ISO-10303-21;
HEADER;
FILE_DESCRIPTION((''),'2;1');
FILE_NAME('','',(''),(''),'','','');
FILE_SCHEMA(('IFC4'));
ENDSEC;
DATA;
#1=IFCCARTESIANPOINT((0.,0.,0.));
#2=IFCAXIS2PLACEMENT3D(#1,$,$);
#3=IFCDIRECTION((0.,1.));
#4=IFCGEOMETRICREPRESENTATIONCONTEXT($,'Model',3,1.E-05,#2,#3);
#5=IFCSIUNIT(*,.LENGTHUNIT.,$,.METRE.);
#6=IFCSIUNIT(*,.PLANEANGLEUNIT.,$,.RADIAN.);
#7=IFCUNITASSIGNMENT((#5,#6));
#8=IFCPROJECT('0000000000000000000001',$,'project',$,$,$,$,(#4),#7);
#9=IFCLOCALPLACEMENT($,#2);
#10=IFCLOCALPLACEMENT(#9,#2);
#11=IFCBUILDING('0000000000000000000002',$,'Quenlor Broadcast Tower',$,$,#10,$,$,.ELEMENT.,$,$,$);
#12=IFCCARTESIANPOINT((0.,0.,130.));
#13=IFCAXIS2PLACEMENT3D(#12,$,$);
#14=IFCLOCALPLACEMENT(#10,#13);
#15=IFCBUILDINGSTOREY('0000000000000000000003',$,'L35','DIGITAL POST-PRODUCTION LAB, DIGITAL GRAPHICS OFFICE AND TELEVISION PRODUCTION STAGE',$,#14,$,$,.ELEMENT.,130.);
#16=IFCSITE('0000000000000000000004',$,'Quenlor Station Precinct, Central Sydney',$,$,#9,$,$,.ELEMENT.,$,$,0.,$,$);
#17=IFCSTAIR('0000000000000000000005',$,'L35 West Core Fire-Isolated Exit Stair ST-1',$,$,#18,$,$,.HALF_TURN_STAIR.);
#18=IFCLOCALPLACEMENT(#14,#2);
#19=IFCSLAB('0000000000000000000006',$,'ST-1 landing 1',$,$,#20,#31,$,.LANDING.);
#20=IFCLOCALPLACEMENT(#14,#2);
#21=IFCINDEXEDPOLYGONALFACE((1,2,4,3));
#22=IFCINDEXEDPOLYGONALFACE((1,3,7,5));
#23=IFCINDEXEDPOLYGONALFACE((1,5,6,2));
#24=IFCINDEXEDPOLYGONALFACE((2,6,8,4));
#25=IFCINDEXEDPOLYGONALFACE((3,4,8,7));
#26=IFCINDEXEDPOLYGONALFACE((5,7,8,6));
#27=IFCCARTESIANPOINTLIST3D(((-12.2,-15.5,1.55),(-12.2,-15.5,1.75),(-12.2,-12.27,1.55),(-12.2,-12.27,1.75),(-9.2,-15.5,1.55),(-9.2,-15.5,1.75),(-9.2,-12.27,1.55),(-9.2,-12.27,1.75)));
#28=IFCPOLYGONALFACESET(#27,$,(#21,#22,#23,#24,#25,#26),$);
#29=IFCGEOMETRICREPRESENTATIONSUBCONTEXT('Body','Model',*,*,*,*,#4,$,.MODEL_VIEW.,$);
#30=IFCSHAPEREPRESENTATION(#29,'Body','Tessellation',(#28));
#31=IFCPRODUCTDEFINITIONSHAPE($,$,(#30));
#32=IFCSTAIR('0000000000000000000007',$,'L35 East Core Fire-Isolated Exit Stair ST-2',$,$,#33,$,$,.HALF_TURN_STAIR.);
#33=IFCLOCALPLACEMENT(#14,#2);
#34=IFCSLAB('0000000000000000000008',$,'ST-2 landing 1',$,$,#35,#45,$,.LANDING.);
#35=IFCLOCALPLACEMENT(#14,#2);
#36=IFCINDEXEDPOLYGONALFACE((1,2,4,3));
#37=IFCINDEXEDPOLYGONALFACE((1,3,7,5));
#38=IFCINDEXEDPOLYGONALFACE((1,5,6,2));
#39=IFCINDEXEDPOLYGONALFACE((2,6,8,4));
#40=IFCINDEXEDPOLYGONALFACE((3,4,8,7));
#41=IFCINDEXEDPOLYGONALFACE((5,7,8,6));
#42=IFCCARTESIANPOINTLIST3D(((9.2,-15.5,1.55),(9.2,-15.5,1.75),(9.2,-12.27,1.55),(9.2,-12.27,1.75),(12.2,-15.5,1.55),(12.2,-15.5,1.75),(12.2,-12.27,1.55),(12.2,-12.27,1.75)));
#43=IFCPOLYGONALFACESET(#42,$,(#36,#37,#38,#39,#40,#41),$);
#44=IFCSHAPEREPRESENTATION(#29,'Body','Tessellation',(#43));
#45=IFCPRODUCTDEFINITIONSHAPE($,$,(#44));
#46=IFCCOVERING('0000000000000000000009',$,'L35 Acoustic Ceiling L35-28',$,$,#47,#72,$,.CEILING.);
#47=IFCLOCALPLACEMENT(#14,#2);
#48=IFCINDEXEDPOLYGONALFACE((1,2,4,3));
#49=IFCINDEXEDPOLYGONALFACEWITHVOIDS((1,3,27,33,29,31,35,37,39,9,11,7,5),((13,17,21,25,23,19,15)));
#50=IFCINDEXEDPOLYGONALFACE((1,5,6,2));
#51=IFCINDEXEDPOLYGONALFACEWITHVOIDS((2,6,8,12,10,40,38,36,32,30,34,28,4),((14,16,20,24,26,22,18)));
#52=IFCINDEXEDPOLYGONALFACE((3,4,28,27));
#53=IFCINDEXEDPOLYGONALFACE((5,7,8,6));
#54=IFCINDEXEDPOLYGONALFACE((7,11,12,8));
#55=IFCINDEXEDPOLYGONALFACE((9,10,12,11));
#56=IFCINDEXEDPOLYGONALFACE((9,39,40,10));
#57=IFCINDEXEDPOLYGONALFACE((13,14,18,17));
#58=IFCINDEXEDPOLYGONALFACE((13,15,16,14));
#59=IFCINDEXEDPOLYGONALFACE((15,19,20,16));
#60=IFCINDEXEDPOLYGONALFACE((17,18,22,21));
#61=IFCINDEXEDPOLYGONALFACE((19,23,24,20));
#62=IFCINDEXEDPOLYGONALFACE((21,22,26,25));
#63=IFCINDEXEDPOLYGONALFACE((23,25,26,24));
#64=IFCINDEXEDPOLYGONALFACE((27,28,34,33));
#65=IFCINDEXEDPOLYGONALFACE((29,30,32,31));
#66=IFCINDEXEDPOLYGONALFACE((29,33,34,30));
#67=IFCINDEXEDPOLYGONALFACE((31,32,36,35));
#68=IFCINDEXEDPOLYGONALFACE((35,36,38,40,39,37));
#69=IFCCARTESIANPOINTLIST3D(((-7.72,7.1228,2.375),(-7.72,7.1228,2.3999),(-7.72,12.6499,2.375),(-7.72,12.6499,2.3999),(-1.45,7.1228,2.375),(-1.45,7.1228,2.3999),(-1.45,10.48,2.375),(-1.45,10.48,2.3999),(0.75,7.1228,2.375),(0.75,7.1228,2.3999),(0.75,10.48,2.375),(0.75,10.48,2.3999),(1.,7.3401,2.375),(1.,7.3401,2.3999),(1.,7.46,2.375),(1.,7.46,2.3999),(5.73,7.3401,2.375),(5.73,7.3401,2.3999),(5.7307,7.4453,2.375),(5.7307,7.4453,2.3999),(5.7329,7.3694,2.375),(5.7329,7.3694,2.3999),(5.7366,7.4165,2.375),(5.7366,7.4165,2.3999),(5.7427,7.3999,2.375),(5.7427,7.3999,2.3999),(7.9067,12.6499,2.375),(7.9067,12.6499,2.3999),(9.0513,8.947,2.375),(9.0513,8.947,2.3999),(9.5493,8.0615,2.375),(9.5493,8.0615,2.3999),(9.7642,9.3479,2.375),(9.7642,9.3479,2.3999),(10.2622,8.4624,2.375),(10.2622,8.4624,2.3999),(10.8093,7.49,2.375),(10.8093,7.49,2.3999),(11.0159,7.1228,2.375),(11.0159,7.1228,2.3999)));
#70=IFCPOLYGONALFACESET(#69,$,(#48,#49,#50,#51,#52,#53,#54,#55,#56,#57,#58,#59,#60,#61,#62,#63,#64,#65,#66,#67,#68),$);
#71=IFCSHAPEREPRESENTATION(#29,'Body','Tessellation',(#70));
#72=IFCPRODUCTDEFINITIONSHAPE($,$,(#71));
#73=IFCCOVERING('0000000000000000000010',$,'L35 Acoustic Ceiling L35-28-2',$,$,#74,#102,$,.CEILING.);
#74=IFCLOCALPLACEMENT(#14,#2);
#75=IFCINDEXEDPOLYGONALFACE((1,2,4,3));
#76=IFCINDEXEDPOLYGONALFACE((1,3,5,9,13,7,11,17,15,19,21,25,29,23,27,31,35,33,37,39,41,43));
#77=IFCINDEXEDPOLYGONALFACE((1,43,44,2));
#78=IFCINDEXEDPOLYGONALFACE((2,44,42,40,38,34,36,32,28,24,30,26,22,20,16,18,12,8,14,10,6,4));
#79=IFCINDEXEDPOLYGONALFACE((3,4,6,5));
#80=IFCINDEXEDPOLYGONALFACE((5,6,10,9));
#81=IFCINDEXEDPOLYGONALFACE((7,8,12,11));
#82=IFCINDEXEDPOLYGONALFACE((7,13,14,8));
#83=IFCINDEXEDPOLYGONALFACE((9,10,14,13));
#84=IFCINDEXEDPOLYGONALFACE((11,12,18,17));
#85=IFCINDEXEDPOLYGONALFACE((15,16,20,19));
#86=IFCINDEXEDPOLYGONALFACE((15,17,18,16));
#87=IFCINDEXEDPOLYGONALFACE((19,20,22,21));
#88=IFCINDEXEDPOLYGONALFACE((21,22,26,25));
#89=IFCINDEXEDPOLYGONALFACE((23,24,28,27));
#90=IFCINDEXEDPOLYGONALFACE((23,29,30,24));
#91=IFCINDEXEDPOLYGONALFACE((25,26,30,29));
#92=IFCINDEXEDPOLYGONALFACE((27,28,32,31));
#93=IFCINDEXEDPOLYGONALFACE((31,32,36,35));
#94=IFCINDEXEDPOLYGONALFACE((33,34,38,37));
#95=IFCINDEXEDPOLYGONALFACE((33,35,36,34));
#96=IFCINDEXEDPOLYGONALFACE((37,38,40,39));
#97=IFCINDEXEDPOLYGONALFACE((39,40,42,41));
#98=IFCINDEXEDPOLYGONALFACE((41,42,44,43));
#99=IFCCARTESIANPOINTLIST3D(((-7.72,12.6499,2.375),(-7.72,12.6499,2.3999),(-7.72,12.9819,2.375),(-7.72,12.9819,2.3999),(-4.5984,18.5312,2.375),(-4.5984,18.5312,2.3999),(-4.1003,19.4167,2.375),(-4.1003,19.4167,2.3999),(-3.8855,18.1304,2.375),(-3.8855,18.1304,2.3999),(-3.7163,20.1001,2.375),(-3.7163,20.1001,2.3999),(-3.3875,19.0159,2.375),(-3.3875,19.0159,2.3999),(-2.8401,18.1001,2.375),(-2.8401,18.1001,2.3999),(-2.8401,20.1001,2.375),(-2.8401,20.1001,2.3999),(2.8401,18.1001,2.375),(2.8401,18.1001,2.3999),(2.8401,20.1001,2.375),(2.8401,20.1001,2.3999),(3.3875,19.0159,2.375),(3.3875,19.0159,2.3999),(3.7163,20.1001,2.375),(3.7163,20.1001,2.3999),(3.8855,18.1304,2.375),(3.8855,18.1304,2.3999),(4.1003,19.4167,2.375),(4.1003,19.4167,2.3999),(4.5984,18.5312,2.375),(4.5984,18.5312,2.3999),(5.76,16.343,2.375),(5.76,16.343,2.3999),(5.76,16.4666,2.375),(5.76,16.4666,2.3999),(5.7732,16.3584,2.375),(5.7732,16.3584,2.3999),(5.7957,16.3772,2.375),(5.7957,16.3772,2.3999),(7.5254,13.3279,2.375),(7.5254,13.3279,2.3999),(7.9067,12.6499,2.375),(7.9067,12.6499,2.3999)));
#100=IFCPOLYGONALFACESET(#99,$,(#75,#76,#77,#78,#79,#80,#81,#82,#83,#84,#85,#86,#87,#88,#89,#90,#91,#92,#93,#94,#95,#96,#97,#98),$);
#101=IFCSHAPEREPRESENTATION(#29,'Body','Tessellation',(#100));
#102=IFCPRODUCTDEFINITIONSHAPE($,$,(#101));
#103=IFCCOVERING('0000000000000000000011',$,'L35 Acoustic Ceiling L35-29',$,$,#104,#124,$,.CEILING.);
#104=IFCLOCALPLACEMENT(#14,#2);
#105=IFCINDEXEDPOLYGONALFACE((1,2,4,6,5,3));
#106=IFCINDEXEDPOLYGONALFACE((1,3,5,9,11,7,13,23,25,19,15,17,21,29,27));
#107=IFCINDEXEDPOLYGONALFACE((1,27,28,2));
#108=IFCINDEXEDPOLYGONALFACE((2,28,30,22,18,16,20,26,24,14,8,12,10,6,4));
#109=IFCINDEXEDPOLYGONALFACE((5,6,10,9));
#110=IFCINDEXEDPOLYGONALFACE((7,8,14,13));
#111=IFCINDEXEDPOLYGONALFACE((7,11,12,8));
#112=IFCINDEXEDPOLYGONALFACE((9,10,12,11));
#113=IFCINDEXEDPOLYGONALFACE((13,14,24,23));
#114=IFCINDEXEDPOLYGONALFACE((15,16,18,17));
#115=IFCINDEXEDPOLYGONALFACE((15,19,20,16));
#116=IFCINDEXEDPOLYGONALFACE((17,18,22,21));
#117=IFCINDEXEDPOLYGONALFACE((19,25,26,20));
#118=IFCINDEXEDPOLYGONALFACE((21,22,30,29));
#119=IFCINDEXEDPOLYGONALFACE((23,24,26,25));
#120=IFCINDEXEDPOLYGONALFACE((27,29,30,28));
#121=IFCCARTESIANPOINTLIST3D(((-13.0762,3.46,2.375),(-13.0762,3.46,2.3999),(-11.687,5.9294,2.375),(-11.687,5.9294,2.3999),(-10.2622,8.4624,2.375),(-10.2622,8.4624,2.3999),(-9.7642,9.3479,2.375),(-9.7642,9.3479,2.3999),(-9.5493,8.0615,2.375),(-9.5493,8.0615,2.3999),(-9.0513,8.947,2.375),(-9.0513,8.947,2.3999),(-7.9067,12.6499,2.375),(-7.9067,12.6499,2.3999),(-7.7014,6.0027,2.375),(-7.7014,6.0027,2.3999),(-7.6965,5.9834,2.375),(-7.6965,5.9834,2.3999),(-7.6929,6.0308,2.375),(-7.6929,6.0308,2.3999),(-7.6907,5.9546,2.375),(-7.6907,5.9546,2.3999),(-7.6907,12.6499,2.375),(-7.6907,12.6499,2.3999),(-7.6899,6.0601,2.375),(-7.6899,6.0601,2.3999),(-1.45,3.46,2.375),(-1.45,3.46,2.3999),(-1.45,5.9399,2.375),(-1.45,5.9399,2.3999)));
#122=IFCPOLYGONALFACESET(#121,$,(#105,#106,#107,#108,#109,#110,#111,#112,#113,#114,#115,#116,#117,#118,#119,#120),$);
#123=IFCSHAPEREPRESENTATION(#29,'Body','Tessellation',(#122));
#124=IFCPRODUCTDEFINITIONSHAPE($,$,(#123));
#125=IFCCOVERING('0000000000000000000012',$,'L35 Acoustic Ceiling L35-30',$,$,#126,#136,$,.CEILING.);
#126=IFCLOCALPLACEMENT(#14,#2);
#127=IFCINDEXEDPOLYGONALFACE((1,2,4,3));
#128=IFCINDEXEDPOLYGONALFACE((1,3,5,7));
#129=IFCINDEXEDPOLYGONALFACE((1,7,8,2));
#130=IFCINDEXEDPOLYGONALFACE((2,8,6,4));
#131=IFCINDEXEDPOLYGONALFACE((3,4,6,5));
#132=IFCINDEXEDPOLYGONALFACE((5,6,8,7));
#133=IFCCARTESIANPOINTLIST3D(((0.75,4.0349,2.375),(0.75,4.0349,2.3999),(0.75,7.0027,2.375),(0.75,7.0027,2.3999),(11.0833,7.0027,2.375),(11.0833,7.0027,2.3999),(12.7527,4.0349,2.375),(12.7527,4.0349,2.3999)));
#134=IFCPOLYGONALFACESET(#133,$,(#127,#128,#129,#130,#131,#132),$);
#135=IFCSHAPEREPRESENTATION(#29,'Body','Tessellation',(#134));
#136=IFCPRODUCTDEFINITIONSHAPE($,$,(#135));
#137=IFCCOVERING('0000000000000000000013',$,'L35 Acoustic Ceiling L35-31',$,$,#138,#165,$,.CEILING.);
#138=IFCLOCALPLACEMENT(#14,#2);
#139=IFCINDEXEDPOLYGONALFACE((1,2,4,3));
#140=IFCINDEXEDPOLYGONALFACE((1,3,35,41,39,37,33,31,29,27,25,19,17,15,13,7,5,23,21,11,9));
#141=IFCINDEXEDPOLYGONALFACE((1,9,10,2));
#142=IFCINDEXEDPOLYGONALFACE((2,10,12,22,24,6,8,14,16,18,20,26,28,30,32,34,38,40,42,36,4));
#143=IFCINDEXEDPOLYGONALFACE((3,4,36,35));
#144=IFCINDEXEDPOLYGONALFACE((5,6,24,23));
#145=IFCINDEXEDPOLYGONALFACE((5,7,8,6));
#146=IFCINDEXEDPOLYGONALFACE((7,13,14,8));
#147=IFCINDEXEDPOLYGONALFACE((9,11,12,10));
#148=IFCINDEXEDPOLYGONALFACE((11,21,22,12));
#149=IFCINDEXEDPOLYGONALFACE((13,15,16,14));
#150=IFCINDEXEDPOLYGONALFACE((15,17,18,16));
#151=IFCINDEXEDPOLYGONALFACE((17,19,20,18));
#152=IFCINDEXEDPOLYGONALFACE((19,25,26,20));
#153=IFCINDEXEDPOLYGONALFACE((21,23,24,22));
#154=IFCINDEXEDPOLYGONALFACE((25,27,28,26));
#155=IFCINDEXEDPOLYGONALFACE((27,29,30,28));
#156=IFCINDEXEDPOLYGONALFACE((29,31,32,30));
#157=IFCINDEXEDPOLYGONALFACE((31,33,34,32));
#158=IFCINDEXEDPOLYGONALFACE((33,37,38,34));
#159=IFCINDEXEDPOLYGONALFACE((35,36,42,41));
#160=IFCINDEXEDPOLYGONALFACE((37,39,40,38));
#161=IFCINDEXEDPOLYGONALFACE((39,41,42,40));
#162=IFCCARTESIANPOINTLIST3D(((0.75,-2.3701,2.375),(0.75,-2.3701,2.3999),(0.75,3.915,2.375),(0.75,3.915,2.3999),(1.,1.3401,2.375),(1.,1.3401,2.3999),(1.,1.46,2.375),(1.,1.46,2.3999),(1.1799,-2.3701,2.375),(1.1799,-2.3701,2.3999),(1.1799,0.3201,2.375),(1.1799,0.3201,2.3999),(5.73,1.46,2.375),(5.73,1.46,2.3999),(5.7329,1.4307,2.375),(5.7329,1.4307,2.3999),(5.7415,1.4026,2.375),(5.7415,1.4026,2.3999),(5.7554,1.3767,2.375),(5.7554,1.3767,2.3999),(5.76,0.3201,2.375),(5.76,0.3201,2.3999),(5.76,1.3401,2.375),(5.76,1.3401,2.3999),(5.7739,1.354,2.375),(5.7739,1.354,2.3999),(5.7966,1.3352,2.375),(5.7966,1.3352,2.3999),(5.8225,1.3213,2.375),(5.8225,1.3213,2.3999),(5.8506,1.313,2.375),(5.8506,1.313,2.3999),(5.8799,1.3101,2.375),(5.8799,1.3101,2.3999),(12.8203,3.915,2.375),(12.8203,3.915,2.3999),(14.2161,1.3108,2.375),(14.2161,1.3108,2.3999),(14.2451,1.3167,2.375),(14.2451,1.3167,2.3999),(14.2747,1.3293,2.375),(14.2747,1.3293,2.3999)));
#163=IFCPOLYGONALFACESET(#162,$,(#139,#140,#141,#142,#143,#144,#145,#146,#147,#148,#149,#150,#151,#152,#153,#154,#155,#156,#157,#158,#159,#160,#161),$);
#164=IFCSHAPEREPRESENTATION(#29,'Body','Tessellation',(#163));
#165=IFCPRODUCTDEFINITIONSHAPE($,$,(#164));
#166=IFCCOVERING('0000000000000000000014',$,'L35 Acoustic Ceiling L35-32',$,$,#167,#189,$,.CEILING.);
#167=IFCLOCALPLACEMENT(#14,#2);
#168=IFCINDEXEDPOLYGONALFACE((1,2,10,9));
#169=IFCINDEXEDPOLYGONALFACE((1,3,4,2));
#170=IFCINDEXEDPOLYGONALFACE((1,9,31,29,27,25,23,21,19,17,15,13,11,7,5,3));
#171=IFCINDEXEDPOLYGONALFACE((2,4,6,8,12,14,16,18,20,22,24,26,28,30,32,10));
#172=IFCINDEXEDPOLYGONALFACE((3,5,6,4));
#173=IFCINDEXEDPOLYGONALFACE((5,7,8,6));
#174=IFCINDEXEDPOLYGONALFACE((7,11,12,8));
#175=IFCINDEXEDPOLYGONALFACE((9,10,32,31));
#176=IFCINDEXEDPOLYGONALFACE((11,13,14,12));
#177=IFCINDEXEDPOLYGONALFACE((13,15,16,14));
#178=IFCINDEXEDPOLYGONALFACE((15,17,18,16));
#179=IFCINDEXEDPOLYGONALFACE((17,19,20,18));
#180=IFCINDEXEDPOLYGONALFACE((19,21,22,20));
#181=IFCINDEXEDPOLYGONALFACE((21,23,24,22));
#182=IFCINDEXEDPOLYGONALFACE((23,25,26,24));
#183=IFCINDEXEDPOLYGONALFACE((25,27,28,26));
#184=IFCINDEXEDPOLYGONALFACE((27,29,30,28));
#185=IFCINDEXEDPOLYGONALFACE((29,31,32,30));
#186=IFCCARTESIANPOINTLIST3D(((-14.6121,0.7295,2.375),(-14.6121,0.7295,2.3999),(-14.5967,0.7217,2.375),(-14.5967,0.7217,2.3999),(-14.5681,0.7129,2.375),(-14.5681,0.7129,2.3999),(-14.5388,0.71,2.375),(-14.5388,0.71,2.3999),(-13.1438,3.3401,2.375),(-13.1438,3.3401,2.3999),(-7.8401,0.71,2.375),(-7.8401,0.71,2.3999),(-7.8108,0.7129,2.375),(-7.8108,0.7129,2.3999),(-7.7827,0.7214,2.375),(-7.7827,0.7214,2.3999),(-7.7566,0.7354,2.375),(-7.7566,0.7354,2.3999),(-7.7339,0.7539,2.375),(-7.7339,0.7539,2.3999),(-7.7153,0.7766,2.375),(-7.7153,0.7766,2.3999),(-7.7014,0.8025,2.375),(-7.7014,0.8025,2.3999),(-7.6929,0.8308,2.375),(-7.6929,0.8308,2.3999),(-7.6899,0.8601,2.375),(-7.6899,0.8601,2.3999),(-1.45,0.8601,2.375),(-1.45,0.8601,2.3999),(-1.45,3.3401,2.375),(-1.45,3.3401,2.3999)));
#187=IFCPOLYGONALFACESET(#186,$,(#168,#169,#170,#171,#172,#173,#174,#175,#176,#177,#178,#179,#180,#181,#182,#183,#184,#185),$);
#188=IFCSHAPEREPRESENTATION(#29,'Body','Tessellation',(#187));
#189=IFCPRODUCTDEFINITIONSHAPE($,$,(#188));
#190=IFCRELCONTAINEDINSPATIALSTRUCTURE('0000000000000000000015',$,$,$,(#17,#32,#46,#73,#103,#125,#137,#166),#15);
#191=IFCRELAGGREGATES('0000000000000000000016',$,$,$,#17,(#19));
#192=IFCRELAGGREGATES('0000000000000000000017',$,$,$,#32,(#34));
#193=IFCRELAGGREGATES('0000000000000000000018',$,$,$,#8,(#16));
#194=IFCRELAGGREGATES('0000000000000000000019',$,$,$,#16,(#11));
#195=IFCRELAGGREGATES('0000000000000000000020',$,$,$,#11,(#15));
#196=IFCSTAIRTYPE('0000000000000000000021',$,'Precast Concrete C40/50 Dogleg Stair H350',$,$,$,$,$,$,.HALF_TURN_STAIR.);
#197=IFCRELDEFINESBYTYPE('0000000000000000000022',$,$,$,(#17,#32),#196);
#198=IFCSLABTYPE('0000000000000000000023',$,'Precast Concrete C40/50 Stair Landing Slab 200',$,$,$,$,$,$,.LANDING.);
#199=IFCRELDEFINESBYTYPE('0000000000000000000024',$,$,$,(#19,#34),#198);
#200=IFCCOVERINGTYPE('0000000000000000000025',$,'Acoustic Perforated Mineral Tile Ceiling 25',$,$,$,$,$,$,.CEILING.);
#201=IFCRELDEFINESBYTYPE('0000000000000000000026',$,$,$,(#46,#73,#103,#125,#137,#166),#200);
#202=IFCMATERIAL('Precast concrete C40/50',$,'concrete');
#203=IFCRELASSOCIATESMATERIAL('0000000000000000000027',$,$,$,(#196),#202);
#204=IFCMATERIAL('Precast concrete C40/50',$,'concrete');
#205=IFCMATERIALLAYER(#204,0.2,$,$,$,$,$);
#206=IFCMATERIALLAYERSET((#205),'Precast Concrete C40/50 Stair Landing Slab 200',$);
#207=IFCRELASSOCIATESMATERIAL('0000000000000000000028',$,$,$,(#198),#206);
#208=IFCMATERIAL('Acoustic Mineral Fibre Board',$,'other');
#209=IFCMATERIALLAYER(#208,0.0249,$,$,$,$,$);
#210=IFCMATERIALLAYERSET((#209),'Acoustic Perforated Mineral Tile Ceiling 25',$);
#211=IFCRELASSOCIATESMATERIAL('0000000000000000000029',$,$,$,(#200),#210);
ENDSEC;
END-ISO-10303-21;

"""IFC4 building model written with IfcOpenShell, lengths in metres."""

from ifc_helpers import new_model, si_unit, direction, frame, origin, place, context, subcontext, project, spatial, polyline, outline, extrude, material, layer, layer_set, type_object, element, aggregate, save


model = new_model("IFC4")

# Units and contexts
model_context = context("Model", 3, precision=1e-05, world=origin(), true_north=direction((0.0, 1.0)))
body_context = subcontext(model_context, "Body", "Model", "MODEL_VIEW")
ifc_project = project(units=[si_unit("LENGTHUNIT", "METRE"), si_unit("PLANEANGLEUNIT", "RADIAN")], contexts=[model_context])

# Site, building, storey
site_placement = place(None, origin())
site = spatial("IfcSite", under=ifc_project, at=site_placement, Name="Quenlor Station Precinct, Central Sydney", CompositionType="ELEMENT", RefElevation=0.0)
building_placement = place(site_placement, origin())
building = spatial("IfcBuilding", under=site, at=building_placement, Name="Quenlor Broadcast Tower", CompositionType="ELEMENT")
storey_placement = place(building_placement, frame((0.0, 0.0, 130.0)))
storey = spatial("IfcBuildingStorey", under=building, at=storey_placement, Name="L35", Description="DIGITAL POST-PRODUCTION LAB, DIGITAL GRAPHICS OFFICE AND TELEVISION PRODUCTION STAGE", CompositionType="ELEMENT", Elevation=130.0)

# Stairs, slabs
ifc_material_1 = material(Name="Precast concrete C40/50", Category="concrete")
stair_type = type_object("IfcStairType", Name="Precast Concrete C40/50 Dogleg Stair H350", PredefinedType="HALF_TURN_STAIR", material=ifc_material_1)
stair_1_placement = place(storey_placement, origin())
stair_1 = element("IfcStair", 1, at=stair_1_placement, inside=storey, type_object=stair_type, Name="L35 West Core Fire-Isolated Exit Stair ST-1", PredefinedType="HALF_TURN_STAIR")
ifc_material_2 = material(Name="Precast concrete C40/50", Category="concrete")
ifc_layer_1 = layer(ifc_material_2, 0.2)
ifc_layer_set_1 = layer_set([ifc_layer_1], Name="Precast Concrete C40/50 Stair Landing Slab 200")
slab_type = type_object("IfcSlabType", Name="Precast Concrete C40/50 Stair Landing Slab 200", PredefinedType="LANDING", material=ifc_layer_set_1)
slab_1_placement = place(storey_placement, frame((0.0, 0.0, 1.55)))
slab_1 = element("IfcSlab", 2, at=slab_1_placement, type_object=slab_type, Name="ST-1 landing 1", PredefinedType="LANDING", context=body_context, shape_type="SweptSolid", body=[
    extrude(outline(polyline([(-12.2, -12.27), (-12.2, -15.5), (-9.2, -15.5), (-9.2, -12.27), (-12.2, -12.27)])), origin(), (0.0, 0.0, 1.0), 0.2),
])
aggregate(stair_1, [slab_1])
stair_2_placement = place(storey_placement, origin())
stair_2 = element("IfcStair", 3, at=stair_2_placement, inside=storey, type_object=stair_type, Name="L35 East Core Fire-Isolated Exit Stair ST-2", PredefinedType="HALF_TURN_STAIR")
slab_2_placement = place(storey_placement, frame((0.0, 0.0, 1.55)))
slab_2 = element("IfcSlab", 4, at=slab_2_placement, type_object=slab_type, Name="ST-2 landing 1", PredefinedType="LANDING", context=body_context, shape_type="SweptSolid", body=[
    extrude(outline(polyline([(9.2, -12.27), (9.2, -15.5), (12.2, -15.5), (12.2, -12.27), (9.2, -12.27)])), origin(), (0.0, 0.0, 1.0), 0.2),
])
aggregate(stair_2, [slab_2])

# Coverings
ifc_material_3 = material(Name="Acoustic Mineral Fibre Board", Category="other")
ifc_layer_2 = layer(ifc_material_3, 0.0249)
ifc_layer_set_2 = layer_set([ifc_layer_2], Name="Acoustic Perforated Mineral Tile Ceiling 25")
covering_type_1 = type_object("IfcCoveringType", Name="Acoustic Perforated Mineral Tile Ceiling 25", PredefinedType="CEILING", material=ifc_layer_set_2)
covering_1_placement = place(storey_placement, frame((0.0, 0.0, 2.375)))
element("IfcCovering", 5, at=covering_1_placement, inside=storey, type_object=covering_type_1, Name="L35 Acoustic Ceiling L35-28", PredefinedType="CEILING", context=body_context, shape_type="SweptSolid", body=[
    extrude(outline(polyline([(-7.72, 12.6499), (7.9067, 12.6499), (9.7642, 9.3479), (9.0513, 8.947), (9.5493, 8.0615), (10.2622, 8.4624), (10.8093, 7.49), (11.0159, 7.1228), (0.75, 7.1228), (0.75, 10.48), (-1.45, 10.48), (-1.45, 7.1228), (-7.72, 7.1228), (-7.72, 12.6499)]), holes=[polyline([(5.7307, 7.4453), (1.0, 7.46), (1.0, 7.3401), (5.73, 7.3401), (5.7329, 7.3694), (5.7427, 7.3999), (5.7366, 7.4165), (5.7307, 7.4453)])]), origin(), (0.0, 0.0, 1.0), 0.0249),
])
covering_2_placement = place(storey_placement, frame((0.0, 0.0, 2.375)))
element("IfcCovering", 6, at=covering_2_placement, inside=storey, type_object=covering_type_1, Name="L35 Acoustic Ceiling L35-28-2", PredefinedType="CEILING", context=body_context, shape_type="SweptSolid", body=[
    extrude(outline(polyline([(-7.72, 12.9819), (-4.5984, 18.5312), (-3.8855, 18.1304), (-3.3875, 19.0159), (-4.1003, 19.4167), (-3.7163, 20.1001), (-2.8401, 20.1001), (-2.8401, 18.1001), (2.8401, 18.1001), (2.8401, 20.1001), (3.7163, 20.1001), (4.1003, 19.4167), (3.3875, 19.0159), (3.8855, 18.1304), (4.5984, 18.5312), (5.76, 16.4666), (5.76, 16.343), (5.7732, 16.3584), (5.7957, 16.3772), (7.5254, 13.3279), (7.9067, 12.6499), (-7.72, 12.6499), (-7.72, 12.9819)])), origin(), (0.0, 0.0, 1.0), 0.0249),
])
covering_3_placement = place(storey_placement, frame((0.0, 0.0, 2.375)))
element("IfcCovering", 7, at=covering_3_placement, inside=storey, type_object=covering_type_1, Name="L35 Acoustic Ceiling L35-29", PredefinedType="CEILING", context=body_context, shape_type="SweptSolid", body=[
    extrude(outline(polyline([(-1.45, 3.46), (-13.0762, 3.46), (-11.687, 5.9294), (-10.2622, 8.4624), (-9.5493, 8.0615), (-9.0513, 8.947), (-9.7642, 9.3479), (-7.9067, 12.6499), (-7.6907, 12.6499), (-7.6899, 6.0601), (-7.6929, 6.0308), (-7.7014, 6.0027), (-7.6965, 5.9834), (-7.6907, 5.9546), (-1.45, 5.9399), (-1.45, 3.46)])), origin(), (0.0, 0.0, 1.0), 0.0249),
])
covering_4_placement = place(storey_placement, frame((0.0, 0.0, 2.375)))
element("IfcCovering", 8, at=covering_4_placement, inside=storey, type_object=covering_type_1, Name="L35 Acoustic Ceiling L35-30", PredefinedType="CEILING", context=body_context, shape_type="SweptSolid", body=[
    extrude(outline(polyline([(11.0833, 7.0027), (12.7527, 4.0349), (0.75, 4.0349), (0.75, 7.0027), (11.0833, 7.0027)])), origin(), (0.0, 0.0, 1.0), 0.0249),
])
covering_5_placement = place(storey_placement, frame((0.0, 0.0, 2.375)))
element("IfcCovering", 9, at=covering_5_placement, inside=storey, type_object=covering_type_1, Name="L35 Acoustic Ceiling L35-31", PredefinedType="CEILING", context=body_context, shape_type="SweptSolid", body=[
    extrude(outline(polyline([(5.8799, 1.3101), (5.8506, 1.313), (5.8225, 1.3213), (5.7966, 1.3352), (5.7739, 1.354), (5.7554, 1.3767), (5.7415, 1.4026), (5.7329, 1.4307), (5.73, 1.46), (1.0, 1.46), (1.0, 1.3401), (5.76, 1.3401), (5.76, 0.3201), (1.1799, 0.3201), (1.1799, -2.3701), (0.75, -2.3701), (0.75, 3.915), (12.8203, 3.915), (14.2747, 1.3293), (14.2451, 1.3167), (14.2161, 1.3108), (5.8799, 1.3101)])), origin(), (0.0, 0.0, 1.0), 0.0249),
])
covering_6_placement = place(storey_placement, frame((0.0, 0.0, 2.375)))
element("IfcCovering", 10, at=covering_6_placement, inside=storey, type_object=covering_type_1, Name="L35 Acoustic Ceiling L35-32", PredefinedType="CEILING", context=body_context, shape_type="SweptSolid", body=[
    extrude(outline(polyline([(-7.7014, 0.8025), (-7.7153, 0.7766), (-7.7339, 0.7539), (-7.7566, 0.7354), (-7.7827, 0.7214), (-7.8108, 0.7129), (-7.8401, 0.71), (-14.5388, 0.71), (-14.5681, 0.7129), (-14.5967, 0.7217), (-14.6121, 0.7295), (-13.1438, 3.3401), (-1.45, 3.3401), (-1.45, 0.8601), (-7.6899, 0.8601), (-7.6929, 0.8308), (-7.7014, 0.8025)])), origin(), (0.0, 0.0, 1.0), 0.0249),
])

save(model, "model.ifc")
